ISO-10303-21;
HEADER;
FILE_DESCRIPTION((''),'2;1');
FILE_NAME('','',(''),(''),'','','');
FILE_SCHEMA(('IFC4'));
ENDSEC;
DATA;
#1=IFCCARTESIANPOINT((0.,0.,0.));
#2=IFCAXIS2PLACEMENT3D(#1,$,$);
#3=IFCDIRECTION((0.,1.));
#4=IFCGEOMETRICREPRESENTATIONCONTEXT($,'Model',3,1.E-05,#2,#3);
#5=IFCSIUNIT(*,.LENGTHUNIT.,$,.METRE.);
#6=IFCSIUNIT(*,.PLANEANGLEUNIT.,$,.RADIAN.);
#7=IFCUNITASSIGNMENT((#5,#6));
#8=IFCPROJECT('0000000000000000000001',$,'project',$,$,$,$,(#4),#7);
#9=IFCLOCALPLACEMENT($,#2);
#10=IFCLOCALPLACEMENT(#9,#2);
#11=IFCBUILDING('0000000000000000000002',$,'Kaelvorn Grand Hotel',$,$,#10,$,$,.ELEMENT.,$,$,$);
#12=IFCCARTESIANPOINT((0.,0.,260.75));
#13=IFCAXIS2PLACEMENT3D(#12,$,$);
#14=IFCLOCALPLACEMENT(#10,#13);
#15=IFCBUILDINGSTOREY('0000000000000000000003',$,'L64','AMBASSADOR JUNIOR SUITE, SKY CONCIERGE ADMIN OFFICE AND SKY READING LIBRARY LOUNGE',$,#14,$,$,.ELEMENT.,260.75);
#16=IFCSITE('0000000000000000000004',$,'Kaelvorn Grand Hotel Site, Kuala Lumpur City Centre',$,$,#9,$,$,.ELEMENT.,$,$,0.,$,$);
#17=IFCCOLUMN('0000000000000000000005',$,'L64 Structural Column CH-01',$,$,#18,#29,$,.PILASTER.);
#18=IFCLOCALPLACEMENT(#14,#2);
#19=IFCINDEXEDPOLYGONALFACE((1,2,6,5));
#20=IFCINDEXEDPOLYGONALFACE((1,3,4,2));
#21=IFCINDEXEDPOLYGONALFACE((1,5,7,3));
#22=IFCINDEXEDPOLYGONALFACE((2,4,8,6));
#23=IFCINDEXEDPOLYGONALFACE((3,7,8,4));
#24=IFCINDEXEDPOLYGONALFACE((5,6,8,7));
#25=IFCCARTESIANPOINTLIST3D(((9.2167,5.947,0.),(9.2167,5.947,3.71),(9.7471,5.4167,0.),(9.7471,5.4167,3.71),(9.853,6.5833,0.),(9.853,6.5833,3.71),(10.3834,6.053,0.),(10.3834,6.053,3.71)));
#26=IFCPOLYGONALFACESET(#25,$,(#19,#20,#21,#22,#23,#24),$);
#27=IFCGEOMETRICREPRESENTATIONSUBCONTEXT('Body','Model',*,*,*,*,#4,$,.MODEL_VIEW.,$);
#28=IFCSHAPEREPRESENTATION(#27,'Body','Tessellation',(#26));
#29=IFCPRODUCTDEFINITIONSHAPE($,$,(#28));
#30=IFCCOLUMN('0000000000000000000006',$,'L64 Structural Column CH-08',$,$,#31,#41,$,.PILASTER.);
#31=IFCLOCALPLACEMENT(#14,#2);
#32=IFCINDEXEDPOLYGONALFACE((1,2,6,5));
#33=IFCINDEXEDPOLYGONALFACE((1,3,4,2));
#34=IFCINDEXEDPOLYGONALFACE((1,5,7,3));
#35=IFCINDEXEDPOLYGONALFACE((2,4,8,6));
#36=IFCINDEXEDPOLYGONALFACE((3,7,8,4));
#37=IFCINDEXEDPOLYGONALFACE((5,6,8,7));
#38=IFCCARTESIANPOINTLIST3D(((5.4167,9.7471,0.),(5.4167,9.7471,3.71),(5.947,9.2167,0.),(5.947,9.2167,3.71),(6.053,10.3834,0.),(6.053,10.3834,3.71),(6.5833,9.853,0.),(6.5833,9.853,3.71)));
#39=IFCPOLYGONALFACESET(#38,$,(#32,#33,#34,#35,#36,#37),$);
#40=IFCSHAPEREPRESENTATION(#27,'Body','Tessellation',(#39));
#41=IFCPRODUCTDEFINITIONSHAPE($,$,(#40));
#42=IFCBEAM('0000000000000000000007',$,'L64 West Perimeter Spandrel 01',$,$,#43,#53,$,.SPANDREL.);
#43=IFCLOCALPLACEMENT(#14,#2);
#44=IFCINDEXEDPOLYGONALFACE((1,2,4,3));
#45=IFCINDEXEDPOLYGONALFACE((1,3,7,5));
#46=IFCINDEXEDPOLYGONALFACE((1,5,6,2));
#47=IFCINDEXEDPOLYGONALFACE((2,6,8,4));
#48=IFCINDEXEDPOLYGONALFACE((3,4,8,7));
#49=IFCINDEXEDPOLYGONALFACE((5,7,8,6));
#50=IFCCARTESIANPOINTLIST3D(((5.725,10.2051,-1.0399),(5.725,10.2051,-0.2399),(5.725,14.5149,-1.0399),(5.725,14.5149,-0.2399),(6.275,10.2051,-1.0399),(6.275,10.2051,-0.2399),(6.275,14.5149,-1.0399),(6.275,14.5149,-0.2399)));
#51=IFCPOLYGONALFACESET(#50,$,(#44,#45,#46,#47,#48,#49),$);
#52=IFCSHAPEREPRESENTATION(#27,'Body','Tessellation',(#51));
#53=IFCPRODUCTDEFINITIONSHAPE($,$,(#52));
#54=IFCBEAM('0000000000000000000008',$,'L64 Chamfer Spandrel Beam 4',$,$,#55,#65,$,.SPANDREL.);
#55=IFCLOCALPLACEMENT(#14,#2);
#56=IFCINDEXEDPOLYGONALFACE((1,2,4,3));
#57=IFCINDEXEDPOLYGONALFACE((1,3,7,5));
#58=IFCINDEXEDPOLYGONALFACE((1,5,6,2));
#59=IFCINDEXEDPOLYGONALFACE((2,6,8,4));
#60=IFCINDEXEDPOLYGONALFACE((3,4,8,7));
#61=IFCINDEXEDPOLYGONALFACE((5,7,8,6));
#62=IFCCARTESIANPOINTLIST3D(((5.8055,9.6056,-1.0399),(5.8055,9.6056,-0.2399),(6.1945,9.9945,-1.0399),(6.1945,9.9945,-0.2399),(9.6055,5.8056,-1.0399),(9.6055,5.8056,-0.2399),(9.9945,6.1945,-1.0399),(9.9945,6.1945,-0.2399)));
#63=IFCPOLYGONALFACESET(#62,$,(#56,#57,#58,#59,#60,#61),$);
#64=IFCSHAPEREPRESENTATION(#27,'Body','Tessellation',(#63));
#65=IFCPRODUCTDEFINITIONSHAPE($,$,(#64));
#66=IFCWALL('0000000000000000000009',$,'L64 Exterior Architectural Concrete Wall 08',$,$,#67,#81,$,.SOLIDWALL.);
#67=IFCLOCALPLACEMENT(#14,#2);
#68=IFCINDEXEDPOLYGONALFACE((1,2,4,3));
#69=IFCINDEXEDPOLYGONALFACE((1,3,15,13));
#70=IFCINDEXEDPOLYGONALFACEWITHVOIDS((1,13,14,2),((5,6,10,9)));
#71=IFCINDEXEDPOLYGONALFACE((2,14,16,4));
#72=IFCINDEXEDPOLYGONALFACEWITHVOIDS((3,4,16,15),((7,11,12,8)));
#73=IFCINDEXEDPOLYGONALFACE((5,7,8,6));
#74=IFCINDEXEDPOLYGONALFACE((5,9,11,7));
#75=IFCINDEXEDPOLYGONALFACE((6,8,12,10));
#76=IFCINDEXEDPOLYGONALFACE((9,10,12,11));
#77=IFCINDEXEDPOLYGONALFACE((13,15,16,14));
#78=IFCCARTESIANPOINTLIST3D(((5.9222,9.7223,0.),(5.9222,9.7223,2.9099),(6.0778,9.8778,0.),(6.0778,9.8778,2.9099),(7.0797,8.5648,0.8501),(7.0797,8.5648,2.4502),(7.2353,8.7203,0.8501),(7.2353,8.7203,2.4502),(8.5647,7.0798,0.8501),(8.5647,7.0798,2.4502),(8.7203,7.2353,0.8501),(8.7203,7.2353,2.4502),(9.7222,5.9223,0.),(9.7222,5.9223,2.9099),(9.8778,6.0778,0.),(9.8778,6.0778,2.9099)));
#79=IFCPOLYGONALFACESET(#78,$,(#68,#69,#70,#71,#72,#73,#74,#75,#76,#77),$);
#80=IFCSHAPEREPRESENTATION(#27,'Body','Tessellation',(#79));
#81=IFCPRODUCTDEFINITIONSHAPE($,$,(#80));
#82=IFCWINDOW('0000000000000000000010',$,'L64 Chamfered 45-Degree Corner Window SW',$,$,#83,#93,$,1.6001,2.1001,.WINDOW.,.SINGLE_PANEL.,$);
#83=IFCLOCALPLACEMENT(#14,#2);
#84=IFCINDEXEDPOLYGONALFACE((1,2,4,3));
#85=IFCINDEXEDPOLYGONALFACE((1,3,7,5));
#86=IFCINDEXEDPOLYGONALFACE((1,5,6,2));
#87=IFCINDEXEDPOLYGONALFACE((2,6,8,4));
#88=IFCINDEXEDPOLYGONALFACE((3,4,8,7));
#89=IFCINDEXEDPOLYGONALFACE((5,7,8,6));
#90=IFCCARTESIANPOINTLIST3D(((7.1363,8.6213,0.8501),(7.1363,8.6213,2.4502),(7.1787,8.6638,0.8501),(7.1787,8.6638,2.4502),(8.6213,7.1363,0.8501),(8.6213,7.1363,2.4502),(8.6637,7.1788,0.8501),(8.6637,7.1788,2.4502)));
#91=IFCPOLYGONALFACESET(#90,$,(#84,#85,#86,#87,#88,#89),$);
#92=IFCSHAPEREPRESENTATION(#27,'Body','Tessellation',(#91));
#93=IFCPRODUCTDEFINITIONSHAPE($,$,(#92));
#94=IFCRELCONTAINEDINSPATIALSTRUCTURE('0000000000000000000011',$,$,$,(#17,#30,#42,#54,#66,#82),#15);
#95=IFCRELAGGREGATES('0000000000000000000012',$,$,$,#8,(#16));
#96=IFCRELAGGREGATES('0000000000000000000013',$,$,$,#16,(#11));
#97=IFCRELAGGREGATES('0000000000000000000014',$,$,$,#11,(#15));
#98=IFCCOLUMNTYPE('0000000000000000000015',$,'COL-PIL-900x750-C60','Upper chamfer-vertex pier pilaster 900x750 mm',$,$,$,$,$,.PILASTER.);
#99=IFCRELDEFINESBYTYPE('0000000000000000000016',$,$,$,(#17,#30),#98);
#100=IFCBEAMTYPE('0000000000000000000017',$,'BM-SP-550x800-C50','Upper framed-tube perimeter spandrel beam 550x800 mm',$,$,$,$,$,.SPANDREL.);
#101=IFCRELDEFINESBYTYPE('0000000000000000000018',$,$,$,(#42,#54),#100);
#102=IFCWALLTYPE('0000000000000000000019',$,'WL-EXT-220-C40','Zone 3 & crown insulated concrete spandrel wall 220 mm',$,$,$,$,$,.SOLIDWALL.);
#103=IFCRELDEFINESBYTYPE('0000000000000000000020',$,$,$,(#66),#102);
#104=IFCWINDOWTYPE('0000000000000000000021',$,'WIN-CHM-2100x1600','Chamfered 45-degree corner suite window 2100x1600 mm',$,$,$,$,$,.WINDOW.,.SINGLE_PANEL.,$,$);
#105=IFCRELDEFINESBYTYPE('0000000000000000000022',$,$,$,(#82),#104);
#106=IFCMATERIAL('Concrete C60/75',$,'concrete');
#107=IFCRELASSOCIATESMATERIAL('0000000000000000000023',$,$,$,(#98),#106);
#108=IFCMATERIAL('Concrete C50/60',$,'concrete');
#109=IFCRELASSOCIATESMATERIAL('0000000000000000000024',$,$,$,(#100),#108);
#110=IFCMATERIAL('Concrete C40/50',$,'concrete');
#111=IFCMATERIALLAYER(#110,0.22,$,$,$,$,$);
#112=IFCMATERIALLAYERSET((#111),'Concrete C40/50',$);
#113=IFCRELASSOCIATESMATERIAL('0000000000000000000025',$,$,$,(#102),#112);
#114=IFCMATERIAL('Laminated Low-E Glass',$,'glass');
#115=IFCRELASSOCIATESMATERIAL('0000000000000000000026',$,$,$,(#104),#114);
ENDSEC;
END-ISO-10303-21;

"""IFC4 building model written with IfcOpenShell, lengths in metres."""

from ifc_helpers import new_model, si_unit, direction, frame, frame_2d, origin, origin_2d, place, context, subcontext, project, spatial, rectangle, extrude, material, layer, layer_set, material_profile, profile_set, type_object, element, fill, save


model = new_model("IFC4")

# Units and contexts
model_context = context("Model", 3, precision=1e-05, world=origin(), true_north=direction((0.0, 1.0)))
body_context = subcontext(model_context, "Body", "Model", "MODEL_VIEW")
ifc_project = project(units=[si_unit("LENGTHUNIT", "METRE"), si_unit("PLANEANGLEUNIT", "RADIAN")], contexts=[model_context])

# Site, building, storey
site_placement = place(None, origin())
site = spatial("IfcSite", under=ifc_project, at=site_placement, Name="Kaelvorn Grand Hotel Site, Kuala Lumpur City Centre", CompositionType="ELEMENT", RefElevation=0.0)
building_placement = place(site_placement, origin())
building = spatial("IfcBuilding", under=site, at=building_placement, Name="Kaelvorn Grand Hotel", CompositionType="ELEMENT")
storey_placement = place(building_placement, frame((0.0, 0.0, 260.75)))
storey = spatial("IfcBuildingStorey", under=building, at=storey_placement, Name="L64", Description="AMBASSADOR JUNIOR SUITE, SKY CONCIERGE ADMIN OFFICE AND SKY READING LIBRARY LOUNGE", CompositionType="ELEMENT", Elevation=260.75)

# Columns
ifc_material_1 = material(Name="Concrete C60/75", Category="concrete")
ifc_material_profile_1 = material_profile(ifc_material_1, rectangle(XDim=0.8999, YDim=0.75, at=origin_2d()), Name="RC PILASTER 900x750")
ifc_profile_set_1 = profile_set([ifc_material_profile_1], Name="Concrete C60/75")
column_type = type_object("IfcColumnType", Name="COL-PIL-900x750-C60", Description="Upper chamfer-vertex pier pilaster 900x750 mm", PredefinedType="PILASTER", material=ifc_profile_set_1)
for number, where, z_axis, x_axis, name in (
    (1, (9.8, 6.0, 0.0), (0.0, 0.0, 1.0), (0.707107, 0.707107, 0.0), "L64 Structural Column CH-01"),
    (2, (6.0, 9.8, 0.0), (0.0, 0.0, 1.0), (0.707107, 0.707107, 0.0), "L64 Structural Column CH-08"),
):
    element("IfcColumn", number, at=place(storey_placement, frame(where, z_axis=z_axis, x_axis=x_axis)), inside=storey, type_object=column_type, Name=name, PredefinedType="PILASTER", context=body_context, shape_type="SweptSolid", body=[
        extrude(rectangle(XDim=0.8999, YDim=0.75, at=origin_2d()), origin(), (0.0, 0.0, 1.0), 3.71),
    ])

# Beams
ifc_material_2 = material(Name="Concrete C50/60", Category="concrete")
ifc_material_profile_2 = material_profile(ifc_material_2, rectangle(XDim=0.55, YDim=0.8, at=origin_2d()), Name="RC SPANDREL 550x800")
ifc_profile_set_2 = profile_set([ifc_material_profile_2], Name="Concrete C50/60")
beam_type = type_object("IfcBeamType", Name="BM-SP-550x800-C50", Description="Upper framed-tube perimeter spandrel beam 550x800 mm", PredefinedType="SPANDREL", material=ifc_profile_set_2)
beam_1_placement = place(storey_placement, frame((6.0, 10.2051, -0.6399), z_axis=(0.0, 1.0, 0.0), x_axis=(-1.0, 0.0, 0.0)))
element("IfcBeam", 3, at=beam_1_placement, inside=storey, type_object=beam_type, Name="L64 West Perimeter Spandrel 01", PredefinedType="SPANDREL", context=body_context, shape_type="SweptSolid", body=[
    extrude(rectangle(XDim=0.55, YDim=0.8, at=origin_2d()), origin(), (0.0, 0.0, 1.0), 4.3098),
])
beam_2_placement = place(storey_placement, frame((6.0, 9.8, -0.6399), z_axis=(0.707107, -0.707107, 0.0), x_axis=(0.707107, 0.707107, 0.0)))
element("IfcBeam", 4, at=beam_2_placement, inside=storey, type_object=beam_type, Name="L64 Chamfer Spandrel Beam 4", PredefinedType="SPANDREL", context=body_context, shape_type="SweptSolid", body=[
    extrude(rectangle(XDim=0.55, YDim=0.8, at=origin_2d()), origin(), (0.0, 0.0, 1.0), 5.374),
])

# Wall, opening, window
ifc_material_3 = material(Name="Concrete C40/50", Category="concrete")
ifc_layer = layer(ifc_material_3, 0.22)
ifc_layer_set = layer_set([ifc_layer], Name="Concrete C40/50")
wall_type = type_object("IfcWallType", Name="WL-EXT-220-C40", Description="Zone 3 & crown insulated concrete spandrel wall 220 mm", PredefinedType="SOLIDWALL", material=ifc_layer_set)
wall_placement = place(storey_placement, frame((6.0, 9.8, 0.0), z_axis=(0.0, 0.0, 1.0), x_axis=(0.707107, -0.707107, 0.0)))
wall = element("IfcWall", 5, at=wall_placement, inside=storey, type_object=wall_type, Name="L64 Exterior Architectural Concrete Wall 08", PredefinedType="SOLIDWALL", context=body_context, shape_type="SweptSolid", body=[
    extrude(rectangle(XDim=5.374, YDim=0.22, at=frame_2d((2.687, 0.0))), origin(), (0.0, 0.0, 1.0), 2.9099),
])
opening_placement = place(wall_placement, frame((1.637, 0.0, 0.8501)))
opening = element("IfcOpeningElement", 6, at=opening_placement, cuts=wall, PredefinedType="OPENING", context=body_context, shape_type="SweptSolid", body=[
    extrude(rectangle(XDim=2.1001, YDim=1.6001, at=frame_2d((1.05, 0.8))), frame((0.0, 0.1201, 0.0), z_axis=(0.0, -1.0, 0.0), x_axis=(1.0, 0.0, 0.0)), (0.0, 0.0, 1.0), 0.24),
])
ifc_material_4 = material(Name="Laminated Low-E Glass", Category="glass")
window_type = type_object("IfcWindowType", Name="WIN-CHM-2100x1600", Description="Chamfered 45-degree corner suite window 2100x1600 mm", PartitioningType="SINGLE_PANEL", PredefinedType="WINDOW", material=ifc_material_4)
window_placement = place(opening_placement, origin())
window = element("IfcWindow", 7, at=window_placement, inside=storey, type_object=window_type, Name="L64 Chamfered 45-Degree Corner Window SW", OverallHeight=1.6001, OverallWidth=2.1001, PartitioningType="SINGLE_PANEL", PredefinedType="WINDOW", context=body_context, shape_type="SweptSolid", body=[
    extrude(rectangle(XDim=2.1001, YDim=1.6001, at=frame_2d((1.05, 0.8))), frame((0.0, 0.03, 0.0), z_axis=(0.0, -1.0, 0.0), x_axis=(1.0, 0.0, 0.0)), (0.0, 0.0, 1.0), 0.0601),
])
fill(opening, window)

save(model, "model.ifc")
